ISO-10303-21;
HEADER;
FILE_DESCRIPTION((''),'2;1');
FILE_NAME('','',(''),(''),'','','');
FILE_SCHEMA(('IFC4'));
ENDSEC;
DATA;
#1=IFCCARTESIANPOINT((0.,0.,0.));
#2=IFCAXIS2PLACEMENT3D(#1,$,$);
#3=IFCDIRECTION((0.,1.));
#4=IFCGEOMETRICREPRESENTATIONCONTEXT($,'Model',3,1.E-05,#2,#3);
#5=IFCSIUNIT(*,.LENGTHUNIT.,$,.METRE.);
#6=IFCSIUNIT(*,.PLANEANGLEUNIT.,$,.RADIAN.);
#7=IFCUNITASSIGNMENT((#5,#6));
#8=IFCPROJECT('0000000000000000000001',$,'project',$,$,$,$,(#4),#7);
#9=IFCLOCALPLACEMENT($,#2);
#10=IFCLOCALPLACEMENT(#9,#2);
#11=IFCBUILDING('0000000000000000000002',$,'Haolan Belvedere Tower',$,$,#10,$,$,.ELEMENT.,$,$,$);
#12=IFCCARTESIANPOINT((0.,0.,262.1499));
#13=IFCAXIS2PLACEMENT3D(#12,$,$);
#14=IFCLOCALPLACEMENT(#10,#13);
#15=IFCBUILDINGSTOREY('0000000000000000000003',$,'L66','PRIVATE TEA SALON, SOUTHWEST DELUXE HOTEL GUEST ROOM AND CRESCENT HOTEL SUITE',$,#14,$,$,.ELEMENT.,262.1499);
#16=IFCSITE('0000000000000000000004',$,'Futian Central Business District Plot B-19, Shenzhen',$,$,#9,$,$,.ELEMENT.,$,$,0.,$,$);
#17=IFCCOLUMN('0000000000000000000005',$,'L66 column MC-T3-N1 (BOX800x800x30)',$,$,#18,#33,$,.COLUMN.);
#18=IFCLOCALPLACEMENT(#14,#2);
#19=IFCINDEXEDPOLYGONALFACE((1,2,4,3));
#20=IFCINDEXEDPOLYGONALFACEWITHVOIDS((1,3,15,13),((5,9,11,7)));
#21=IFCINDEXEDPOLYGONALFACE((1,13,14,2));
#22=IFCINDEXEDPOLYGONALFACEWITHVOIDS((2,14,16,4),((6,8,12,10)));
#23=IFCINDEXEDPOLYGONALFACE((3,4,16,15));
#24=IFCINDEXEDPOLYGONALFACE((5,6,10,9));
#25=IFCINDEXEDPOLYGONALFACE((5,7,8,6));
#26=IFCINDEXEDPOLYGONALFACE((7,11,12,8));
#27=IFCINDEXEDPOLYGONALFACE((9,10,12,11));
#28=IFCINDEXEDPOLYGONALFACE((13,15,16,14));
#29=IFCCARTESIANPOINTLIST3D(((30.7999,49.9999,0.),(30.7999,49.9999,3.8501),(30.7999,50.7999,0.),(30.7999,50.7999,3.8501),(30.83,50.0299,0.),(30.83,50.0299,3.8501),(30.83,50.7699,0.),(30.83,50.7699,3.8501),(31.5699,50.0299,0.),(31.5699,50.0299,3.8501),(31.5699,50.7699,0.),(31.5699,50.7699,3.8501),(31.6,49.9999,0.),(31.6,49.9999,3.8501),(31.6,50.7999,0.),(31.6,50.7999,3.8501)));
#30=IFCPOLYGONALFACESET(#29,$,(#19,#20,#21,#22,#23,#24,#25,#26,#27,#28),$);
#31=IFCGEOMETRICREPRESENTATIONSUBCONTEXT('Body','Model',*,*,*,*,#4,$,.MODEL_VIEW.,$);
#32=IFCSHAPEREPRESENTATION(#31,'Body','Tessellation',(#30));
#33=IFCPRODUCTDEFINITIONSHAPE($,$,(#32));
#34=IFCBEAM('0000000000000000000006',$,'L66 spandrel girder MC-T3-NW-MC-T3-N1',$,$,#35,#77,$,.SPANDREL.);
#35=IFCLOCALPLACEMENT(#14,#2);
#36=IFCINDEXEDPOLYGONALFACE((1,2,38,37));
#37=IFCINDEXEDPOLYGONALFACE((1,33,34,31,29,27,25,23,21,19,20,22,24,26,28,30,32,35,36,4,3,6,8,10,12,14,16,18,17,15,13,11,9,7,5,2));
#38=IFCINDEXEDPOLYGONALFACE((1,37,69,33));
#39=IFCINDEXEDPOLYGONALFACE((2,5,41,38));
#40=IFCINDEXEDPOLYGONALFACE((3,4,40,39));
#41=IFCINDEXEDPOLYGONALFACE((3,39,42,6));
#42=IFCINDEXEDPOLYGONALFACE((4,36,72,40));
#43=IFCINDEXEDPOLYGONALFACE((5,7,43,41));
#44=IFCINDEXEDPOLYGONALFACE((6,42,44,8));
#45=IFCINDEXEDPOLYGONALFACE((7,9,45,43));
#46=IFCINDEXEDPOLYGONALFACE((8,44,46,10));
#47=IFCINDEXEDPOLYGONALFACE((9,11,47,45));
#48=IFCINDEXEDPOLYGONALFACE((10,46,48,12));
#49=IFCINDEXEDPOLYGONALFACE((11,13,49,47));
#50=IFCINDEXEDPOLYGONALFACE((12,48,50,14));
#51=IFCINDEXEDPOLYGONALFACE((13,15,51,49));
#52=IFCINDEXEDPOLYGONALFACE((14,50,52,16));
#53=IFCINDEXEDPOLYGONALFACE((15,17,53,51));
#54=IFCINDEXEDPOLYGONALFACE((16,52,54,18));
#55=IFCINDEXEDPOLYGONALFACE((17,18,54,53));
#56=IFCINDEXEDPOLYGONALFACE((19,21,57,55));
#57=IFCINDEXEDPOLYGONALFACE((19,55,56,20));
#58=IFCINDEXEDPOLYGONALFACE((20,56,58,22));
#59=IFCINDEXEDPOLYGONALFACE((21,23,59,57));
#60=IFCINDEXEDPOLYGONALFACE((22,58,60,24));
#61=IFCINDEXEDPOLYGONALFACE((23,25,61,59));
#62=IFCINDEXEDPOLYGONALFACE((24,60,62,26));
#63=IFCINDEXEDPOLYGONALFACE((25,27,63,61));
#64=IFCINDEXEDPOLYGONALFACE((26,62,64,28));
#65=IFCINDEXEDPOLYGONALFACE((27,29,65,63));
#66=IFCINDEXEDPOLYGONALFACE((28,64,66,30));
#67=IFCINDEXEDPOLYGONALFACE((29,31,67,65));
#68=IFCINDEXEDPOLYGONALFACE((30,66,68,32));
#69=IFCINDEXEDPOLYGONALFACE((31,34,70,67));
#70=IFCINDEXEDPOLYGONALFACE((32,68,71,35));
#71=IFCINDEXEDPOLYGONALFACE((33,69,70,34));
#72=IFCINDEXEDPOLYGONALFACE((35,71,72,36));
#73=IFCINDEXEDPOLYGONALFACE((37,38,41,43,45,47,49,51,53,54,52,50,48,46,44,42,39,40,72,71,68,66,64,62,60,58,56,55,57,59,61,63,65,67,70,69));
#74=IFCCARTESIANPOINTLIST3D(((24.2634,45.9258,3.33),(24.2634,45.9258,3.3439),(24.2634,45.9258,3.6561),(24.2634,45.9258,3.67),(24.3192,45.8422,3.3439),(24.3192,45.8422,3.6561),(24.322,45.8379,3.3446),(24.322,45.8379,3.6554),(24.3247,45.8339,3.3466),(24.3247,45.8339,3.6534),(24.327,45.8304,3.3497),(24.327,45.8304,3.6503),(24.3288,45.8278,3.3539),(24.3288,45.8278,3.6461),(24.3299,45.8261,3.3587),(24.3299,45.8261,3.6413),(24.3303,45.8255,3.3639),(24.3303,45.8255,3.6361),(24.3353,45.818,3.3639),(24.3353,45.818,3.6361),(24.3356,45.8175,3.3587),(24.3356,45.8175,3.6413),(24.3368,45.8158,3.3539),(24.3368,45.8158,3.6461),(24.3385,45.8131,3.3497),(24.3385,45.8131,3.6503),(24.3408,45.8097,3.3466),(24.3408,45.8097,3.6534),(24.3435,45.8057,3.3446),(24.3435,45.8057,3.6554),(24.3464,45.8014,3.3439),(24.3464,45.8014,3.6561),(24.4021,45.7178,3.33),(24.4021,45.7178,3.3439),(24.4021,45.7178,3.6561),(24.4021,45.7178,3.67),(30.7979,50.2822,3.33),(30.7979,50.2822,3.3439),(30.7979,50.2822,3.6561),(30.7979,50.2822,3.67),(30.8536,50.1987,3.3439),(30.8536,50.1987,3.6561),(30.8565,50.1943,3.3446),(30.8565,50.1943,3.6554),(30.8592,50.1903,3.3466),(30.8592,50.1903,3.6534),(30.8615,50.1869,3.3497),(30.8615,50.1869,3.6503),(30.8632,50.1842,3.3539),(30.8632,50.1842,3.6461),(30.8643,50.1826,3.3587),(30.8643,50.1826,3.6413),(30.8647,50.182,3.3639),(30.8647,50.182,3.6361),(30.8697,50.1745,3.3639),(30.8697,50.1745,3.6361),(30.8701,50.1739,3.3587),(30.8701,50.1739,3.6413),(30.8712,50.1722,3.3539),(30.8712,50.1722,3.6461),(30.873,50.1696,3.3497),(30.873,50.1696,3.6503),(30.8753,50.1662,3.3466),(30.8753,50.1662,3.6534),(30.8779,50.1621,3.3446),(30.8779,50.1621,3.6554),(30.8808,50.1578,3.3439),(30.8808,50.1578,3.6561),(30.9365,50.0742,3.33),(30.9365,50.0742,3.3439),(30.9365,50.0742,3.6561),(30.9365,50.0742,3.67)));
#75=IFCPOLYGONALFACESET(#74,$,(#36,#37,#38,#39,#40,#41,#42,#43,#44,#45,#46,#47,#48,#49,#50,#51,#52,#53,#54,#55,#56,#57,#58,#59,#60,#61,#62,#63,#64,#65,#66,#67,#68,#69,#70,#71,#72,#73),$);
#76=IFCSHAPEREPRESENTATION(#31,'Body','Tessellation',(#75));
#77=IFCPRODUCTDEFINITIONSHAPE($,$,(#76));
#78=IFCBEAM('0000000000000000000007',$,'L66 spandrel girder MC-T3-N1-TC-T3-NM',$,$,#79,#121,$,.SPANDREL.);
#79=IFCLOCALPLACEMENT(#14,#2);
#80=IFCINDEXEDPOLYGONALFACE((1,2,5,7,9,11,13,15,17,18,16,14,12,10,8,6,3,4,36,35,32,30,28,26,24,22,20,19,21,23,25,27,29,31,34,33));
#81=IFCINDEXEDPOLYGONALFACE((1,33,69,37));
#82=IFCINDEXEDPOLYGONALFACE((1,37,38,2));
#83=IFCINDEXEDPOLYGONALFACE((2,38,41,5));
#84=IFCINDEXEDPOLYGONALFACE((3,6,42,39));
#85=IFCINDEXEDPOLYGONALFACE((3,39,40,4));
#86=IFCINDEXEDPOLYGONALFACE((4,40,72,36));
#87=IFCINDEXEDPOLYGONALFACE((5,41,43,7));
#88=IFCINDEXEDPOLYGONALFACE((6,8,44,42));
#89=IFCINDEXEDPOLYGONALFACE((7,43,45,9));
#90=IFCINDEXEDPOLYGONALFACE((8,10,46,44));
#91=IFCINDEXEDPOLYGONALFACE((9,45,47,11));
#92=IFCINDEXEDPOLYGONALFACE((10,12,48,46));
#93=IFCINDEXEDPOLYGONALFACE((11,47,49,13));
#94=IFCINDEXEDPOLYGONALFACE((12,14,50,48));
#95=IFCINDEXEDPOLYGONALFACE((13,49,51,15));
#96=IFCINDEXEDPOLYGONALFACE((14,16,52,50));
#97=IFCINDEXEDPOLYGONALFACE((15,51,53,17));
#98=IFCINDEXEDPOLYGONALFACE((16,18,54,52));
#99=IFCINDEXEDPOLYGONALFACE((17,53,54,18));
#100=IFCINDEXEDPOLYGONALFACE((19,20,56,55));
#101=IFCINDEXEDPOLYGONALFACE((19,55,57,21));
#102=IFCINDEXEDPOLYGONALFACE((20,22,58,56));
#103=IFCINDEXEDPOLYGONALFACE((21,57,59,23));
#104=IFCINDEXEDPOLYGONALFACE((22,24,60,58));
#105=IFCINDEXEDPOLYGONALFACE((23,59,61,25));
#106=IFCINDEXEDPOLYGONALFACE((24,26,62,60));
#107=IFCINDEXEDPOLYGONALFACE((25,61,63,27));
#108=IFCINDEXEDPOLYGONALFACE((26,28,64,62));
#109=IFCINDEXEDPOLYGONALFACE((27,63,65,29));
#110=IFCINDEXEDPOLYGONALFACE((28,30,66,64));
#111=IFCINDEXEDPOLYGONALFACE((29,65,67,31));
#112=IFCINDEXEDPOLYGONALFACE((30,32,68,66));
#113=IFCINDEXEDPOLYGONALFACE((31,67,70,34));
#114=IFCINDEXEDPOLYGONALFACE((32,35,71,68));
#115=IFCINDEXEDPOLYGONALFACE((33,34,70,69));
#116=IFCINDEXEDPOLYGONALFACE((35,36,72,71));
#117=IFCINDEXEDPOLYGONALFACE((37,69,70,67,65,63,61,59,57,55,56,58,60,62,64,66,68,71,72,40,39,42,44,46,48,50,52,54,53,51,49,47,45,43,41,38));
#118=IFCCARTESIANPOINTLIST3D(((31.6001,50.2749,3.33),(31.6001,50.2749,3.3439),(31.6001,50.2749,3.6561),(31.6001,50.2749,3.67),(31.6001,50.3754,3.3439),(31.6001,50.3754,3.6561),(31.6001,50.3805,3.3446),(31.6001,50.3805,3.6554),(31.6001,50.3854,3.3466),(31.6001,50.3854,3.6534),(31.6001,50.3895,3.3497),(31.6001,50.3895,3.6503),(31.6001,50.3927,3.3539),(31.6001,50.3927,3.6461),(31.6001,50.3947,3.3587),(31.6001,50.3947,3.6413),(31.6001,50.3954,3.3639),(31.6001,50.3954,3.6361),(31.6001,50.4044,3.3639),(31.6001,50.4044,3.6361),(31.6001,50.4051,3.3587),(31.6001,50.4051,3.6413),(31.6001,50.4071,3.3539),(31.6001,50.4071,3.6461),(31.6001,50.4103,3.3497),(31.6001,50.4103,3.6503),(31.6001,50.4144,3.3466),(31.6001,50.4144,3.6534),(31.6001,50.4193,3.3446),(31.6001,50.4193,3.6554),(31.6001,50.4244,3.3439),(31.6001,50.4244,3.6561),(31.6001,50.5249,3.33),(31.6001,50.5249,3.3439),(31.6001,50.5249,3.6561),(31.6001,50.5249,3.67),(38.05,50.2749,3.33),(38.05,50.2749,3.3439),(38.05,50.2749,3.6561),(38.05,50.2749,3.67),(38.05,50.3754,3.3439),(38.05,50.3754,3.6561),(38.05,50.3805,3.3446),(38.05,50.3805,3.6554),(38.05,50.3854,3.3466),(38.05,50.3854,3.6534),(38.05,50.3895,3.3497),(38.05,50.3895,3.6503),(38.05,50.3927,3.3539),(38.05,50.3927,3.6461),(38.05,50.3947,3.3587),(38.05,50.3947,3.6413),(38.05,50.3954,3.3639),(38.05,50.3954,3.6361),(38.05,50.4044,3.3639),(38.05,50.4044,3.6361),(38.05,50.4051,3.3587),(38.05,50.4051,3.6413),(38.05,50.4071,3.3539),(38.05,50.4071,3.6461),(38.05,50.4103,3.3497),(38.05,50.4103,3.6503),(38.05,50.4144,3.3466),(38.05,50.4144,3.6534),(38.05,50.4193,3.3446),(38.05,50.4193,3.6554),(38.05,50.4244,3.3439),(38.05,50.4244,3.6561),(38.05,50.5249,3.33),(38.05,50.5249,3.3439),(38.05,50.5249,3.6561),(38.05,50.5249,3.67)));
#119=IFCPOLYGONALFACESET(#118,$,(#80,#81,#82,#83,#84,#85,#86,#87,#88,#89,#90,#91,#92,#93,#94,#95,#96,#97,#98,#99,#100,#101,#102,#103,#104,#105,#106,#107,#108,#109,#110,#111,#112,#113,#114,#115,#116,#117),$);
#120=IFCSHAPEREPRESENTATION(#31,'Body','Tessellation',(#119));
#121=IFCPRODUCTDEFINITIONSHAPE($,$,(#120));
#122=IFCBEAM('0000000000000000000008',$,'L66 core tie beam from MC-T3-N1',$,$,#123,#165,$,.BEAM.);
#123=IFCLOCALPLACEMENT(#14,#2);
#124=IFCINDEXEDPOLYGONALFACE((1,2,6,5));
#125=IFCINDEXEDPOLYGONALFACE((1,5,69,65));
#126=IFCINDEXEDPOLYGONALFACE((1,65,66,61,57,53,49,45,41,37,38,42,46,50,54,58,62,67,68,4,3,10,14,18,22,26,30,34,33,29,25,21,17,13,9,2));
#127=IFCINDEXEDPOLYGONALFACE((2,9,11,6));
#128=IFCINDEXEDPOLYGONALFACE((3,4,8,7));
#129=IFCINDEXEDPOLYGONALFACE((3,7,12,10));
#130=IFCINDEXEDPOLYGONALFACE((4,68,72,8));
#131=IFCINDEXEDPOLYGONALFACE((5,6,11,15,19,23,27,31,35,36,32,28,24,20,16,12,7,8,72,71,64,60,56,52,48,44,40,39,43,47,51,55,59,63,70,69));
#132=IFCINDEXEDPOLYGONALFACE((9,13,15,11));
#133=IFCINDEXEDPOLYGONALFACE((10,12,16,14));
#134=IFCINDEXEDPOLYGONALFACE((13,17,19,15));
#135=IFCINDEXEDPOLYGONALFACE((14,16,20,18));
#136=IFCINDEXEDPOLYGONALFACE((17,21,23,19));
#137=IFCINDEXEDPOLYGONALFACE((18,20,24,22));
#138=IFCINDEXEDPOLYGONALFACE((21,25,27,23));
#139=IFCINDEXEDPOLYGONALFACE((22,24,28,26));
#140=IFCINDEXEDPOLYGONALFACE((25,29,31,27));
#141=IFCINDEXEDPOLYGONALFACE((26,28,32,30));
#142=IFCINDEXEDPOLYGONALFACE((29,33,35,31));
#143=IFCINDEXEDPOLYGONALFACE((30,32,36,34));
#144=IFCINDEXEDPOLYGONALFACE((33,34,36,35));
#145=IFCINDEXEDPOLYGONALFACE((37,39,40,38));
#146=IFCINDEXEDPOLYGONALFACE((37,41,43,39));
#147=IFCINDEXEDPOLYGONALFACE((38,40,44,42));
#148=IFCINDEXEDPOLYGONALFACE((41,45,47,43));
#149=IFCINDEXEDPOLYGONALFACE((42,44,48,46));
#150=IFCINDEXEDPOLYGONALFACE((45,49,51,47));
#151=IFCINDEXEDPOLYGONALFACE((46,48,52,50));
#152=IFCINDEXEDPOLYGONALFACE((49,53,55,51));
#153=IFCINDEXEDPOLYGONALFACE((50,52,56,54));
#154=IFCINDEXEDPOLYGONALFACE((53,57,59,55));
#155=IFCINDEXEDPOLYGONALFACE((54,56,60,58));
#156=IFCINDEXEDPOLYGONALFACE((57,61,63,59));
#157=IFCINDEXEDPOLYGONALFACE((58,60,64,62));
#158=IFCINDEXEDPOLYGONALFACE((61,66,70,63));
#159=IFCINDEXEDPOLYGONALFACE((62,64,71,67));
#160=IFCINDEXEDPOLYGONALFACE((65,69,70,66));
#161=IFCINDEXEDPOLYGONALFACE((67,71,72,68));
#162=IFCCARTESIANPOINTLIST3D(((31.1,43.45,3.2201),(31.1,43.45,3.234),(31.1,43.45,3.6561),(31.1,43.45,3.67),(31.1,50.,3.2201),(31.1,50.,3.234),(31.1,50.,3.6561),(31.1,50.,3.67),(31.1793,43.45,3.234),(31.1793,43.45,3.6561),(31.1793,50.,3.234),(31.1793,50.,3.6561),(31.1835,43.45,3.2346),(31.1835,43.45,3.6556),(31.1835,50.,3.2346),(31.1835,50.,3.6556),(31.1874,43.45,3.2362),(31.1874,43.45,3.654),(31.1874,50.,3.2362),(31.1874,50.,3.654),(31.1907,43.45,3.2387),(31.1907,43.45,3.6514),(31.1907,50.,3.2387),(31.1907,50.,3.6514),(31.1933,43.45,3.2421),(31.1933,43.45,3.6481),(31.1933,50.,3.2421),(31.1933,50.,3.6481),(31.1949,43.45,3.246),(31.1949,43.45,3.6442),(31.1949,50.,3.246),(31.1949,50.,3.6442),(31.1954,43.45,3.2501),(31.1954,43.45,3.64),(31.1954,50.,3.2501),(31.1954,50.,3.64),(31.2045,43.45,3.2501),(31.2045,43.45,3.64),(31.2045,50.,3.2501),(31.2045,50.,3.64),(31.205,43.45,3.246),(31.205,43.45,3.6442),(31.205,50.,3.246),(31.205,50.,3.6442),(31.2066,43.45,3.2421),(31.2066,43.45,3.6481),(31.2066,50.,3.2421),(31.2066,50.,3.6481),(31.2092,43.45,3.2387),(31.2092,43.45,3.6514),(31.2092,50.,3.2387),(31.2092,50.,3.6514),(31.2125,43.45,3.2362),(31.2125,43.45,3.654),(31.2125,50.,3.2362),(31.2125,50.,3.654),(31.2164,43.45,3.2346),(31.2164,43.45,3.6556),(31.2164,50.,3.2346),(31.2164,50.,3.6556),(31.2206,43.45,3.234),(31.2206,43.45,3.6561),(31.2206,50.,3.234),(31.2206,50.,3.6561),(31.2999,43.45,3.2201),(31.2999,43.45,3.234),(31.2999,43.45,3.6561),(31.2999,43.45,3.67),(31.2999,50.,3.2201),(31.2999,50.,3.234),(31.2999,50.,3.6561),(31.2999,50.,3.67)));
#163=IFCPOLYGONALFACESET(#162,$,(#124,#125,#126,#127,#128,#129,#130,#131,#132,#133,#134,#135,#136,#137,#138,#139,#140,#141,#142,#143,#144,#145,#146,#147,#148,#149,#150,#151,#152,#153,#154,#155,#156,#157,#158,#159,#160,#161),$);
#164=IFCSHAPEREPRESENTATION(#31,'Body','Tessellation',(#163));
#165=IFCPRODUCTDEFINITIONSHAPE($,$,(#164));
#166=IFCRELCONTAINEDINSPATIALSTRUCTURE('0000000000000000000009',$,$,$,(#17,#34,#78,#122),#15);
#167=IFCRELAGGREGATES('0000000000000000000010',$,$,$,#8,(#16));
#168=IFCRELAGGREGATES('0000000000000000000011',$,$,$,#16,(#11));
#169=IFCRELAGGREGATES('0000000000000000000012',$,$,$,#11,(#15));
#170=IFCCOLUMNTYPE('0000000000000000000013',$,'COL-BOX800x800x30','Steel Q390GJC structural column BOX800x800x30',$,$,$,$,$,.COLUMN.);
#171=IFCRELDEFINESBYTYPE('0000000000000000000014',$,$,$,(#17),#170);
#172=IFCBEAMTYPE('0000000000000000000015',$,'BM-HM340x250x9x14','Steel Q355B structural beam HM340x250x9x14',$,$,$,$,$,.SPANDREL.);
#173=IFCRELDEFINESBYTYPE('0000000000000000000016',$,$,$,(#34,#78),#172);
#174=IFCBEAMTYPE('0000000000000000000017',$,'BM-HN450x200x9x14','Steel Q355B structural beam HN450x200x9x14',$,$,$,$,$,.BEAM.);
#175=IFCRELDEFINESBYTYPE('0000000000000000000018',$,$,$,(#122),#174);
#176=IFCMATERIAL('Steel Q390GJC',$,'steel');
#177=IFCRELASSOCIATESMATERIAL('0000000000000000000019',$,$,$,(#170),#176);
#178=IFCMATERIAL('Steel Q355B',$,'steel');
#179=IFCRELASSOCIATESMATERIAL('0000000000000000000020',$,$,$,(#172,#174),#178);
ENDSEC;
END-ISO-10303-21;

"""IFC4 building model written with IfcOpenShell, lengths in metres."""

from ifc_helpers import new_model, si_unit, direction, frame, origin, origin_2d, place, context, subcontext, project, spatial, hollow_rectangle, i_section, extrude, material, material_profile, profile_set, type_object, element, save


model = new_model("IFC4")

# Units and contexts
model_context = context("Model", 3, precision=1e-05, world=origin(), true_north=direction((0.0, 1.0)))
body_context = subcontext(model_context, "Body", "Model", "MODEL_VIEW")
ifc_project = project(units=[si_unit("LENGTHUNIT", "METRE"), si_unit("PLANEANGLEUNIT", "RADIAN")], contexts=[model_context])

# Site, building, storey
site_placement = place(None, origin())
site = spatial("IfcSite", under=ifc_project, at=site_placement, Name="Futian Central Business District Plot B-19, Shenzhen", CompositionType="ELEMENT", RefElevation=0.0)
building_placement = place(site_placement, origin())
building = spatial("IfcBuilding", under=site, at=building_placement, Name="Haolan Belvedere Tower", CompositionType="ELEMENT")
storey_placement = place(building_placement, frame((0.0, 0.0, 262.1499)))
storey = spatial("IfcBuildingStorey", under=building, at=storey_placement, Name="L66", Description="PRIVATE TEA SALON, SOUTHWEST DELUXE HOTEL GUEST ROOM AND CRESCENT HOTEL SUITE", CompositionType="ELEMENT", Elevation=262.1499)

# Column
ifc_material_1 = material(Name="Steel Q390GJC", Category="steel")
ifc_material_profile_1 = material_profile(ifc_material_1, hollow_rectangle(XDim=0.8, YDim=0.8, WallThickness=0.03, at=origin_2d()), Name="Steel Q390GJC")
ifc_profile_set_1 = profile_set([ifc_material_profile_1], Name="Steel Q390GJC")
column_type = type_object("IfcColumnType", Name="COL-BOX800x800x30", Description="Steel Q390GJC structural column BOX800x800x30", PredefinedType="COLUMN", material=ifc_profile_set_1)
column_placement = place(storey_placement, frame((31.2, 50.3999, 0.0), z_axis=(0.0, 0.0, 1.0), x_axis=(1.0, 0.0, 0.0)))
element("IfcColumn", 1, at=column_placement, inside=storey, type_object=column_type, Name="L66 column MC-T3-N1 (BOX800x800x30)", PredefinedType="COLUMN", context=body_context, shape_type="SweptSolid", body=[
    extrude(hollow_rectangle(XDim=0.8, YDim=0.8, WallThickness=0.03, at=origin_2d()), origin(), (0.0, 0.0, 1.0), 3.8501),
])

# Beams
ifc_material_2 = material(Name="Steel Q355B", Category="steel")
ifc_material_profile_2 = material_profile(ifc_material_2, i_section(OverallWidth=0.25, OverallDepth=0.3401, WebThickness=0.009, FlangeThickness=0.0139, FilletRadius=0.02, at=origin_2d()), Name="Steel Q355B")
ifc_profile_set_2 = profile_set([ifc_material_profile_2], Name="Steel Q355B")
beam_type_1 = type_object("IfcBeamType", Name="BM-HM340x250x9x14", Description="Steel Q355B structural beam HM340x250x9x14", PredefinedType="SPANDREL", material=ifc_profile_set_2)
beam_1_placement = place(storey_placement, frame((24.3328, 45.8218, 3.5), z_axis=(0.832041, 0.554715, 0.0), x_axis=(-0.554715, 0.832041, 0.0)))
element("IfcBeam", 2, at=beam_1_placement, inside=storey, type_object=beam_type_1, Name="L66 spandrel girder MC-T3-NW-MC-T3-N1", PredefinedType="SPANDREL", context=body_context, shape_type="SweptSolid", body=[
    extrude(i_section(OverallWidth=0.25, OverallDepth=0.3401, WebThickness=0.009, FlangeThickness=0.0139, FilletRadius=0.02, at=origin_2d()), origin(), (0.0, 0.0, 1.0), 7.8535),
])
beam_2_placement = place(storey_placement, frame((31.6001, 50.3999, 3.5), z_axis=(1.0, 0.0, 0.0), x_axis=(0.0, 1.0, 0.0)))
element("IfcBeam", 3, at=beam_2_placement, inside=storey, type_object=beam_type_1, Name="L66 spandrel girder MC-T3-N1-TC-T3-NM", PredefinedType="SPANDREL", context=body_context, shape_type="SweptSolid", body=[
    extrude(i_section(OverallWidth=0.25, OverallDepth=0.3401, WebThickness=0.009, FlangeThickness=0.0139, FilletRadius=0.02, at=origin_2d()), origin(), (0.0, 0.0, 1.0), 6.45),
])
ifc_material_profile_3 = material_profile(ifc_material_2, i_section(OverallWidth=0.2, OverallDepth=0.45, WebThickness=0.009, FlangeThickness=0.0139, FilletRadius=0.0161, at=origin_2d()), Name="Steel Q355B")
ifc_profile_set_3 = profile_set([ifc_material_profile_3], Name="Steel Q355B")
beam_type_2 = type_object("IfcBeamType", Name="BM-HN450x200x9x14", Description="Steel Q355B structural beam HN450x200x9x14", PredefinedType="BEAM", material=ifc_profile_set_3)
beam_3_placement = place(storey_placement, frame((31.2, 50.0, 3.4451), z_axis=(0.0, -1.0, 0.0), x_axis=(1.0, 0.0, 0.0)))
element("IfcBeam", 4, at=beam_3_placement, inside=storey, type_object=beam_type_2, Name="L66 core tie beam from MC-T3-N1", PredefinedType="BEAM", context=body_context, shape_type="SweptSolid", body=[
    extrude(i_section(OverallWidth=0.2, OverallDepth=0.45, WebThickness=0.009, FlangeThickness=0.0139, FilletRadius=0.0161, at=origin_2d()), origin(), (0.0, 0.0, 1.0), 6.55),
])

save(model, "model.ifc")
